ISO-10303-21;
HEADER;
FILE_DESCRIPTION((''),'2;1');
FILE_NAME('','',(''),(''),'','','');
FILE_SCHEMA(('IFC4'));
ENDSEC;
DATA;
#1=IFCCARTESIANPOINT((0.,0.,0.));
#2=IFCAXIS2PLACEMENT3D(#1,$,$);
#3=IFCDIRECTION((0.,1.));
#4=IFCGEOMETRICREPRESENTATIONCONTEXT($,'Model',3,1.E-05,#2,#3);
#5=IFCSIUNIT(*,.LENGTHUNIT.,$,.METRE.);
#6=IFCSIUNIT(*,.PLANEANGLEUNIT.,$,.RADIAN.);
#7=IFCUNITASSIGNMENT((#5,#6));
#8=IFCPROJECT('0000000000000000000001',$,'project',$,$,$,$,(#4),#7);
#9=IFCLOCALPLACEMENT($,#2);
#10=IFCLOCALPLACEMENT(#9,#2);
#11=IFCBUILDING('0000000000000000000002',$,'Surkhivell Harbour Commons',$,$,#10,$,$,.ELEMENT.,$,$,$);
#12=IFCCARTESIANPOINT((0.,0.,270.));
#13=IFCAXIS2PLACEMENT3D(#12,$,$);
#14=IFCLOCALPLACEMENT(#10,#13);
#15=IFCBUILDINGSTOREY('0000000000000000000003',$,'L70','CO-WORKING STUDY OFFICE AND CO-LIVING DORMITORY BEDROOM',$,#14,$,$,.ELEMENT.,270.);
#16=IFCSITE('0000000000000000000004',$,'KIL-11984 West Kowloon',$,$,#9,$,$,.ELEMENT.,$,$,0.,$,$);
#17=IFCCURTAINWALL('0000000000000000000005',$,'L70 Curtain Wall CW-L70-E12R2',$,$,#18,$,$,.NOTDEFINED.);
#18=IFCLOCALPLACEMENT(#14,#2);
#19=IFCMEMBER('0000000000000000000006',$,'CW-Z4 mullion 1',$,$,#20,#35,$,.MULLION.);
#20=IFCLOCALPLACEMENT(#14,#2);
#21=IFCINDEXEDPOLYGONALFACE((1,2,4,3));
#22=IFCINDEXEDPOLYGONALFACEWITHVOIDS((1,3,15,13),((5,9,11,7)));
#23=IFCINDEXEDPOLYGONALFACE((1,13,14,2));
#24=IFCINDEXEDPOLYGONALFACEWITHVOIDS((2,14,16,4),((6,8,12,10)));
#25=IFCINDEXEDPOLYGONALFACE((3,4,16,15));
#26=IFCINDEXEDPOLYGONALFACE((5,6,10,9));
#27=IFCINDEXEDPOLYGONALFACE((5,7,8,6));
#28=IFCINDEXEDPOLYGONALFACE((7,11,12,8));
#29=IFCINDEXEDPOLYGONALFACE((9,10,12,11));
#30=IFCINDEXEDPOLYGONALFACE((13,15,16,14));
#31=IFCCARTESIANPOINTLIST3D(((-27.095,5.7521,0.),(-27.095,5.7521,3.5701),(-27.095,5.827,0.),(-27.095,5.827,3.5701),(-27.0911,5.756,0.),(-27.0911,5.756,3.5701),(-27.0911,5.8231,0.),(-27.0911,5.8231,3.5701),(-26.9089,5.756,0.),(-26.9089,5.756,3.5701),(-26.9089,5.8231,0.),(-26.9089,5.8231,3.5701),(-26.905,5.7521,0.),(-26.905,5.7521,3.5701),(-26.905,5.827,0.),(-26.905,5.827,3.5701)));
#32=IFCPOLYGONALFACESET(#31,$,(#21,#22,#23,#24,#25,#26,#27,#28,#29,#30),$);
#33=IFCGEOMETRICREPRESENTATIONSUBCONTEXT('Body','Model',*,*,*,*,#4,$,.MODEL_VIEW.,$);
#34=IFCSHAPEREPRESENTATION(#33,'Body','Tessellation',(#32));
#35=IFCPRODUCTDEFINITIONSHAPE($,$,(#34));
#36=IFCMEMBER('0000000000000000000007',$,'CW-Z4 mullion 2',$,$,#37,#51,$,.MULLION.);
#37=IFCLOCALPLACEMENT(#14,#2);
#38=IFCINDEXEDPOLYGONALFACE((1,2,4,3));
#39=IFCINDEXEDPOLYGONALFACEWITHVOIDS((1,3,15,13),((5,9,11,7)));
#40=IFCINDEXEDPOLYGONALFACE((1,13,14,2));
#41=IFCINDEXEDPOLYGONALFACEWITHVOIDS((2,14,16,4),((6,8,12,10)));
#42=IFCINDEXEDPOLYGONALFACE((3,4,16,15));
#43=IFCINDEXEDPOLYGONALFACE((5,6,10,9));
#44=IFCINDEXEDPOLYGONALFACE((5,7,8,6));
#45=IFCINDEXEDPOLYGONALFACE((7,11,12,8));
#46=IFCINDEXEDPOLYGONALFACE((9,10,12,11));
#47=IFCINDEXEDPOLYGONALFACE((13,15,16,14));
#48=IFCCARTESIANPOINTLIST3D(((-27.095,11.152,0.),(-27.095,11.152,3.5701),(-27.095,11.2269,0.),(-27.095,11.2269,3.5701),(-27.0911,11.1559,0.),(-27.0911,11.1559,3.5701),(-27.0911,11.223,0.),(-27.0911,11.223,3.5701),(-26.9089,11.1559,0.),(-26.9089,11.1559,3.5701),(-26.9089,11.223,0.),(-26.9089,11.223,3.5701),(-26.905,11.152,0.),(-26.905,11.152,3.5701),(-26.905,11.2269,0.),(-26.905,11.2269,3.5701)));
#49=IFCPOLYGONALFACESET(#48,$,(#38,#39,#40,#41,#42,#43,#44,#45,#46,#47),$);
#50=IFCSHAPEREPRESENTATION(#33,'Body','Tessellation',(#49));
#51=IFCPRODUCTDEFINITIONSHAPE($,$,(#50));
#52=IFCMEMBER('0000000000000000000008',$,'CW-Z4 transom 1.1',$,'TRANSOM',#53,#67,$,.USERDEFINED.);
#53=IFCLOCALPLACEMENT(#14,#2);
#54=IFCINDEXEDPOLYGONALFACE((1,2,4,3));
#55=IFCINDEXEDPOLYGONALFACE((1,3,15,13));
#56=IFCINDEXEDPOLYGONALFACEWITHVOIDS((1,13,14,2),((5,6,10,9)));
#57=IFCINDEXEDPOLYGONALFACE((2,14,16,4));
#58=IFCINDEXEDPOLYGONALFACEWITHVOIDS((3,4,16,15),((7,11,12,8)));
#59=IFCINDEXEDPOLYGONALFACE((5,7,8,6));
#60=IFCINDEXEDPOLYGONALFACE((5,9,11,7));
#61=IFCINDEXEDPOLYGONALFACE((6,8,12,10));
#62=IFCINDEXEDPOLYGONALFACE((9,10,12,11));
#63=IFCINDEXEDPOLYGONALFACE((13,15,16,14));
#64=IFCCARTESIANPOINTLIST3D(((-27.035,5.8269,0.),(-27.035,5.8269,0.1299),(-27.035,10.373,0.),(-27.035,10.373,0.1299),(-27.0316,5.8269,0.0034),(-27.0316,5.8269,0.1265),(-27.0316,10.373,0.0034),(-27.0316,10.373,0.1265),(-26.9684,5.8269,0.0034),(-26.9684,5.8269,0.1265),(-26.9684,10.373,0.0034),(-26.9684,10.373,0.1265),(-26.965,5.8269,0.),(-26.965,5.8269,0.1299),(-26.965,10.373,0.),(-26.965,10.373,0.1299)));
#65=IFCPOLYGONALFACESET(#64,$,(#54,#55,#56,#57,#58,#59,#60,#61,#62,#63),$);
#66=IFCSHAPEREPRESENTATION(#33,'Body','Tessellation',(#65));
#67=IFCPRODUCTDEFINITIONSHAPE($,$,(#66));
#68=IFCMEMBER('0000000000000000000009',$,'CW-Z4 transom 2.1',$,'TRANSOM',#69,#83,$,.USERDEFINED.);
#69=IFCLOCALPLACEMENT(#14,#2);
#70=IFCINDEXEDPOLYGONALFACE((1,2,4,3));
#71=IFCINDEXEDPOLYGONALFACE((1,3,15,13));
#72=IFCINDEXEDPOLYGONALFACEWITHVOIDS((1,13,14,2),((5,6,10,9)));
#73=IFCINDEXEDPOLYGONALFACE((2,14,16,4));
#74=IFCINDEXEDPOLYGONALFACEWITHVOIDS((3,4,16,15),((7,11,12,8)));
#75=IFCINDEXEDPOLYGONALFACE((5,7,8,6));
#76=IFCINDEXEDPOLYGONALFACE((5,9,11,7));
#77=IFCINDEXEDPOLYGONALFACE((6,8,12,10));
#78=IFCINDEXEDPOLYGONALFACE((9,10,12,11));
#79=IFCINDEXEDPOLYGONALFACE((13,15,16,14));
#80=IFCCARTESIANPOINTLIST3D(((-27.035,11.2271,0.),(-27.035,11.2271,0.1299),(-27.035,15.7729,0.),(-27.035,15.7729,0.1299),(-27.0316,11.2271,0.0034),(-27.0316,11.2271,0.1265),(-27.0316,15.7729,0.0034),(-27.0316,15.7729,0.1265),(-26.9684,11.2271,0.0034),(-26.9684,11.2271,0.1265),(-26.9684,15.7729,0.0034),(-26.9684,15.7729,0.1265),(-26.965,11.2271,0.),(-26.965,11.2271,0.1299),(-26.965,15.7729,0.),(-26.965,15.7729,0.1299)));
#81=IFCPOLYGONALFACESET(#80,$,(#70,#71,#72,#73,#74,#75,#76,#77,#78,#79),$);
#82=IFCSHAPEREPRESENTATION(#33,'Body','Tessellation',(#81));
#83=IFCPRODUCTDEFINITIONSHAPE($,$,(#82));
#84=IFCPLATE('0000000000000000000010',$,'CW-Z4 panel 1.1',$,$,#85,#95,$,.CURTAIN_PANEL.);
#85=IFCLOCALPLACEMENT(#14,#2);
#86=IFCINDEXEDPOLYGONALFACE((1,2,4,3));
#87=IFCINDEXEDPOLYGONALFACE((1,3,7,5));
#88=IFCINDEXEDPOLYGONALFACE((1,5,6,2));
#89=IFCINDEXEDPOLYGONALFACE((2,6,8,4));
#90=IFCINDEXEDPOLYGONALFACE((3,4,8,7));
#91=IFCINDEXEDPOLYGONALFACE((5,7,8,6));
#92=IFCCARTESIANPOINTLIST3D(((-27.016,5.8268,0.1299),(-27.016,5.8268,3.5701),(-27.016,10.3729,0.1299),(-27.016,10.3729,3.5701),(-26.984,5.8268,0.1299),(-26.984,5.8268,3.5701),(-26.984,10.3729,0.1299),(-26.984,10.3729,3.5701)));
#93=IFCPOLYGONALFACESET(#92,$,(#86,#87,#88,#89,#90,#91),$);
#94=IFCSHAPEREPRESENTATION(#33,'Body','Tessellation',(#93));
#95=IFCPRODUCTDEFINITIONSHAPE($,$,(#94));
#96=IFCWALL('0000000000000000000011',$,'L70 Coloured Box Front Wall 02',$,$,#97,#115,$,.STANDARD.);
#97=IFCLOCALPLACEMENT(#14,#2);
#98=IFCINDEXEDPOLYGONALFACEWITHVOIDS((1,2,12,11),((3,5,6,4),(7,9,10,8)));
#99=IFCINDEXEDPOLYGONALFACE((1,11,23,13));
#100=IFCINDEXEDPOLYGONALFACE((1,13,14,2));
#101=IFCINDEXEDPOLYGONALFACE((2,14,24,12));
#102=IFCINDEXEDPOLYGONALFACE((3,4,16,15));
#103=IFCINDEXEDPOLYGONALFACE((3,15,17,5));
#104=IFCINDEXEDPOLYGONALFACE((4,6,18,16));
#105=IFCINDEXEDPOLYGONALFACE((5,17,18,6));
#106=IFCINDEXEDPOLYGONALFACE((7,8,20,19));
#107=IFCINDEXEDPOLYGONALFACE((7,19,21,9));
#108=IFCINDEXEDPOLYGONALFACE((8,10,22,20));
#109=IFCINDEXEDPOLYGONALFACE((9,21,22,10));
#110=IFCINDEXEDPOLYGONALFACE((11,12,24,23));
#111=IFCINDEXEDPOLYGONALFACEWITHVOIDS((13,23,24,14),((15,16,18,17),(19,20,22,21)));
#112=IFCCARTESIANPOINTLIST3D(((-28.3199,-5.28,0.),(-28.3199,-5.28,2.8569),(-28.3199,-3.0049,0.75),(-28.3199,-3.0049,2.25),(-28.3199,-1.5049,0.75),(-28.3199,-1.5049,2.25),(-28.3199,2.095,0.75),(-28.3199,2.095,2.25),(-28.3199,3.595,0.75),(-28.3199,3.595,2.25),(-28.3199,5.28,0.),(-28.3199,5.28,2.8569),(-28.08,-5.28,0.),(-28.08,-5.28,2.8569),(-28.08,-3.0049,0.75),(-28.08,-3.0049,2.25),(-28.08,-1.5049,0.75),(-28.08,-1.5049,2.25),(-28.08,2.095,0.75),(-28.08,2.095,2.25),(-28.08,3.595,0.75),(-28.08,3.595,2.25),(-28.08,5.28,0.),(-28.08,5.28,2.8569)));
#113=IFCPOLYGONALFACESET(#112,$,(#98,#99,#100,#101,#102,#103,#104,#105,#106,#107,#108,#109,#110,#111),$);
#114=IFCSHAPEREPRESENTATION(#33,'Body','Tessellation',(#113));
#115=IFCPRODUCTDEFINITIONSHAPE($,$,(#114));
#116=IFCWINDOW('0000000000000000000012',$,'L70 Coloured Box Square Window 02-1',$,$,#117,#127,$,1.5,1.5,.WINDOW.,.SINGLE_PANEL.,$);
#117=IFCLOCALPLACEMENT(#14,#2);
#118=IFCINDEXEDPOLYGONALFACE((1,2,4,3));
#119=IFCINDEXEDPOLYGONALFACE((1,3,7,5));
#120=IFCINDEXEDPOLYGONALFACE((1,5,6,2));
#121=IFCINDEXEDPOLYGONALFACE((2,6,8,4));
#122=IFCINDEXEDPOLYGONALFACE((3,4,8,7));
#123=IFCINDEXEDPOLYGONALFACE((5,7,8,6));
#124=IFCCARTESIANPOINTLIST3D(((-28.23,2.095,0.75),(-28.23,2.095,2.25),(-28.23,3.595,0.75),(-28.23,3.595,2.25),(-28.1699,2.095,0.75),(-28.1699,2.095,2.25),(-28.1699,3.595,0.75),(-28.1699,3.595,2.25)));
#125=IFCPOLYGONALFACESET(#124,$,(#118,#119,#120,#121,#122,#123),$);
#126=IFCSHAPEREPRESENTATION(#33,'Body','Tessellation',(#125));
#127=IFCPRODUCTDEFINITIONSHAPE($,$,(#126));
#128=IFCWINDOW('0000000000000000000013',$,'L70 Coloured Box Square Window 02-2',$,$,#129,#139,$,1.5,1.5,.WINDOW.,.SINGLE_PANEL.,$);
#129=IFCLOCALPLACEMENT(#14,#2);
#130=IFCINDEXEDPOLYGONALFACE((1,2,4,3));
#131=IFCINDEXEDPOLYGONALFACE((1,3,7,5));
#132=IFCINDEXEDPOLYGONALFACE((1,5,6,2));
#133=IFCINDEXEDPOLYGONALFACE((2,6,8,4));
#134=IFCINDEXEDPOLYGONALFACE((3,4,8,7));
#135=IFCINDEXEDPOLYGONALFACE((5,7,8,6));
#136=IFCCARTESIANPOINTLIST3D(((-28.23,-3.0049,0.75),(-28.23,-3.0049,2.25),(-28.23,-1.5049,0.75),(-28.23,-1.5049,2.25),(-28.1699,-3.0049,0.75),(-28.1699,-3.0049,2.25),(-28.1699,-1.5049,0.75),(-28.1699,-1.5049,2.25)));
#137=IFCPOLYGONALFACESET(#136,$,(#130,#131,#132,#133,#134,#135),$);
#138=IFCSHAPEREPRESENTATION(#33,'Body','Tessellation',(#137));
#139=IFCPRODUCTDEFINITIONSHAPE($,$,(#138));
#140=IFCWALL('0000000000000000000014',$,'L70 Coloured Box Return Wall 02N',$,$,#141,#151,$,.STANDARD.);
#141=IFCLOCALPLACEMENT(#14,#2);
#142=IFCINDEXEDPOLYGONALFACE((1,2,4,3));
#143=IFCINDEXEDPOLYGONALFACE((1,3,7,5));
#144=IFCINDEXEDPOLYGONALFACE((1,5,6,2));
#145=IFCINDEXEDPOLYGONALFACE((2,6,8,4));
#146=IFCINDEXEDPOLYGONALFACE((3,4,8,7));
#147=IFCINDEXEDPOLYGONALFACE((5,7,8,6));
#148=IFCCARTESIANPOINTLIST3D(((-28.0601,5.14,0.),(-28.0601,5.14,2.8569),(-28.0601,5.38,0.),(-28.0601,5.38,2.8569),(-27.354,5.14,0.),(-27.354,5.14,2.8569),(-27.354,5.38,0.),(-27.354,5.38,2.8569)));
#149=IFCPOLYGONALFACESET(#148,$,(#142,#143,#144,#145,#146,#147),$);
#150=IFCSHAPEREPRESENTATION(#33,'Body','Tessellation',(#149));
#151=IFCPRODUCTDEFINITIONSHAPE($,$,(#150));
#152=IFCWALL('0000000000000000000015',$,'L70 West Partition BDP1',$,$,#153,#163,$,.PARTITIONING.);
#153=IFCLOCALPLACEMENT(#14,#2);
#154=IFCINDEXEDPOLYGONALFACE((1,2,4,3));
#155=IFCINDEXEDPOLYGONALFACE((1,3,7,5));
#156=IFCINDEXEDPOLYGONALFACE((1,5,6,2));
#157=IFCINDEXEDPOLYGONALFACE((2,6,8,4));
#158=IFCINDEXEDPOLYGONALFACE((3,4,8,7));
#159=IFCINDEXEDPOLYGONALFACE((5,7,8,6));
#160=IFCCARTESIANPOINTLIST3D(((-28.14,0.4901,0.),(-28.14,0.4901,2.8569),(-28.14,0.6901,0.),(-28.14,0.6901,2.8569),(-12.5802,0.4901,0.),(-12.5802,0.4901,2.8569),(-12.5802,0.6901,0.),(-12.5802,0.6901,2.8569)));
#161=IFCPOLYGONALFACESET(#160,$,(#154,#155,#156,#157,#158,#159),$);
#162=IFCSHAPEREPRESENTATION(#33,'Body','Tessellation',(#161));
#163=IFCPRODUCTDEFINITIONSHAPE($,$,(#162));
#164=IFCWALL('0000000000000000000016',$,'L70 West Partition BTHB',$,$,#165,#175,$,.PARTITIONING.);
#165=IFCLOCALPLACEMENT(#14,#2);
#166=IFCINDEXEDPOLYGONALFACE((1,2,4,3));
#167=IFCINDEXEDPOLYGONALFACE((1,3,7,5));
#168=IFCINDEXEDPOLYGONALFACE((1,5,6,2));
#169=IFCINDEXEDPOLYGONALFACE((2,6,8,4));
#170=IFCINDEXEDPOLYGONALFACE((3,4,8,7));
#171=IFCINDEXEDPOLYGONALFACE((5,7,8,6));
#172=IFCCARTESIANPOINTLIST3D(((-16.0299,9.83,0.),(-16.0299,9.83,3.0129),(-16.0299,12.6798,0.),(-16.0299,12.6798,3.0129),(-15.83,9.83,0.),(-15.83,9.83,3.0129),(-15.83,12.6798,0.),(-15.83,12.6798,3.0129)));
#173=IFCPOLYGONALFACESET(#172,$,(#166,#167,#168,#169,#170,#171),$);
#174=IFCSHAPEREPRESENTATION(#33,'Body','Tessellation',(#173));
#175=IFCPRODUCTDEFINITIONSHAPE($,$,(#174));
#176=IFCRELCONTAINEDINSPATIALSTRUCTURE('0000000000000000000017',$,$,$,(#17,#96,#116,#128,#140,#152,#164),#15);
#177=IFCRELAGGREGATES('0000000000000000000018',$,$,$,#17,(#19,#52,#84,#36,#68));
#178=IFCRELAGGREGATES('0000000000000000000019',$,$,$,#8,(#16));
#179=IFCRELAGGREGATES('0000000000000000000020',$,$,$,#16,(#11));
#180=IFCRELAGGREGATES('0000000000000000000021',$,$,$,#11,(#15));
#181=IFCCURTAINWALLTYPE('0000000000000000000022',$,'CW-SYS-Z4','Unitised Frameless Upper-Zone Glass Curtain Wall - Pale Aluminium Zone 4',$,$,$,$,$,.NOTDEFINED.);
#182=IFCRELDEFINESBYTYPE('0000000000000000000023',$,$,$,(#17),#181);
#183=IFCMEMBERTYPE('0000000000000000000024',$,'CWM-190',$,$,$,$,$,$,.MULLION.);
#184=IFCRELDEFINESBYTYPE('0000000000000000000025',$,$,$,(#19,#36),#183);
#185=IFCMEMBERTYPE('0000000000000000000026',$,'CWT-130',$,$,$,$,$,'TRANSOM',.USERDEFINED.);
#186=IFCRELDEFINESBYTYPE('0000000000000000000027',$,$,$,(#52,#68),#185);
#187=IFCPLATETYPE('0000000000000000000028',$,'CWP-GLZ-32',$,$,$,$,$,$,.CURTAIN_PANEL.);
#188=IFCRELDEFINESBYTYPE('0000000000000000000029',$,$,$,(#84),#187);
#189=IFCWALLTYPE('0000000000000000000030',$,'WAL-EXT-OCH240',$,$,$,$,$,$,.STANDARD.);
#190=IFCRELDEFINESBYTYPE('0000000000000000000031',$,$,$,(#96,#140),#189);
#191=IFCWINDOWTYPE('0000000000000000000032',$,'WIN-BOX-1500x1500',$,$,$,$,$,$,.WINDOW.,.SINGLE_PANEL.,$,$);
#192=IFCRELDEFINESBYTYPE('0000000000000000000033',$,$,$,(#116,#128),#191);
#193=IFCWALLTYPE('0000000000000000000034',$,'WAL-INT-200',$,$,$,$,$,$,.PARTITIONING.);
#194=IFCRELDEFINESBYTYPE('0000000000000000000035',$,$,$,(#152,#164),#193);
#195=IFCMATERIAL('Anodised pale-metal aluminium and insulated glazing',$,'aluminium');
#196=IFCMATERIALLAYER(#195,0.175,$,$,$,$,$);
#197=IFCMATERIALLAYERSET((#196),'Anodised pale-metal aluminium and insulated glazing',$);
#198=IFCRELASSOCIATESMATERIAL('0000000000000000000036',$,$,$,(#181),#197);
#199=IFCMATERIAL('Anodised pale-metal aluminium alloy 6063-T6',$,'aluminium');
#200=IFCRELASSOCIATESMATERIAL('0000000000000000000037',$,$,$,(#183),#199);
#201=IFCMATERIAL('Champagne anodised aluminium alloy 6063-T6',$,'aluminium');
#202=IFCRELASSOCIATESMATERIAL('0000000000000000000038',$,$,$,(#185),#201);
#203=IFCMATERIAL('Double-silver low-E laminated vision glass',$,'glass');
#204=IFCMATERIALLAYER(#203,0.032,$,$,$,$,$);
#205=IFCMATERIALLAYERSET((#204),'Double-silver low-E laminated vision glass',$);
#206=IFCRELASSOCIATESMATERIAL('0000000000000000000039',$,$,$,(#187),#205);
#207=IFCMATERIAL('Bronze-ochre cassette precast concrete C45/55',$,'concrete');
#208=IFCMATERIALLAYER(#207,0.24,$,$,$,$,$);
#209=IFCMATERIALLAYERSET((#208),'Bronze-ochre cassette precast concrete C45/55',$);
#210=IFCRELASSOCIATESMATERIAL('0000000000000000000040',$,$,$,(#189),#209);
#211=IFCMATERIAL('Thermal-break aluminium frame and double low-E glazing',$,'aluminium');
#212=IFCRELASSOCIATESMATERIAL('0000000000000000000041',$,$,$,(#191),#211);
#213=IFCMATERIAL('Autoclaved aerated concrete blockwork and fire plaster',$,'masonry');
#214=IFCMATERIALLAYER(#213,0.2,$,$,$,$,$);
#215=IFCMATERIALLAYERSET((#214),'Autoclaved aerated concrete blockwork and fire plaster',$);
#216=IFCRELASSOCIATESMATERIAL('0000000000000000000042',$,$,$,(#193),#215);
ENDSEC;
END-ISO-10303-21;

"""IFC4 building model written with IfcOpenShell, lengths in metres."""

from ifc_helpers import new_model, si_unit, direction, frame, frame_2d, origin, origin_2d, place, context, subcontext, project, spatial, rectangle, hollow_rectangle, extrude, material, layer, layer_set, material_profile, profile_set, type_object, element, fill, aggregate, save


model = new_model("IFC4")

# Units and contexts
model_context = context("Model", 3, precision=1e-05, world=origin(), true_north=direction((0.0, 1.0)))
body_context = subcontext(model_context, "Body", "Model", "MODEL_VIEW")
ifc_project = project(units=[si_unit("LENGTHUNIT", "METRE"), si_unit("PLANEANGLEUNIT", "RADIAN")], contexts=[model_context])

# Site, building, storey
site_placement = place(None, origin())
site = spatial("IfcSite", under=ifc_project, at=site_placement, Name="KIL-11984 West Kowloon", CompositionType="ELEMENT", RefElevation=0.0)
building_placement = place(site_placement, origin())
building = spatial("IfcBuilding", under=site, at=building_placement, Name="Surkhivell Harbour Commons", CompositionType="ELEMENT")
storey_placement = place(building_placement, frame((0.0, 0.0, 270.0)))
storey = spatial("IfcBuildingStorey", under=building, at=storey_placement, Name="L70", Description="CO-WORKING STUDY OFFICE AND CO-LIVING DORMITORY BEDROOM", CompositionType="ELEMENT", Elevation=270.0)

# Curtain wall, members, plate
ifc_material_1 = material(Name="Anodised pale-metal aluminium and insulated glazing", Category="aluminium")
ifc_layer_1 = layer(ifc_material_1, 0.175)
ifc_layer_set_1 = layer_set([ifc_layer_1], Name="Anodised pale-metal aluminium and insulated glazing")
curtain_wall_type = type_object("IfcCurtainWallType", Name="CW-SYS-Z4", Description="Unitised Frameless Upper-Zone Glass Curtain Wall - Pale Aluminium Zone 4", PredefinedType="NOTDEFINED", material=ifc_layer_set_1)
curtain_wall_placement = place(storey_placement, origin())
curtain_wall = element("IfcCurtainWall", 1, at=curtain_wall_placement, inside=storey, type_object=curtain_wall_type, Name="L70 Curtain Wall CW-L70-E12R2", PredefinedType="NOTDEFINED")
ifc_material_2 = material(Name="Anodised pale-metal aluminium alloy 6063-T6", Category="aluminium")
ifc_material_profile_1 = material_profile(ifc_material_2, hollow_rectangle(XDim=0.075, YDim=0.1899, WallThickness=0.0039, at=origin_2d()), Name="ALU-MULL-75x190")
ifc_profile_set_1 = profile_set([ifc_material_profile_1], Name="Anodised pale-metal aluminium alloy 6063-T6")
member_type_1 = type_object("IfcMemberType", Name="CWM-190", PredefinedType="MULLION", material=ifc_profile_set_1)
member_1_placement = place(storey_placement, frame((-27.0, 5.7896, 0.0), z_axis=(0.0, 0.0, 1.0), x_axis=(0.0, 1.0, 0.0)))
member_1 = element("IfcMember", 2, at=member_1_placement, type_object=member_type_1, Name="CW-Z4 mullion 1", PredefinedType="MULLION", context=body_context, shape_type="SweptSolid", body=[
    extrude(hollow_rectangle(XDim=0.075, YDim=0.1899, WallThickness=0.0039, at=origin_2d()), origin(), (0.0, 0.0, 1.0), 3.5701),
])
member_2_placement = place(storey_placement, frame((-27.0, 11.1895, 0.0), z_axis=(0.0, 0.0, 1.0), x_axis=(0.0, 1.0, 0.0)))
member_2 = element("IfcMember", 3, at=member_2_placement, type_object=member_type_1, Name="CW-Z4 mullion 2", PredefinedType="MULLION", context=body_context, shape_type="SweptSolid", body=[
    extrude(hollow_rectangle(XDim=0.075, YDim=0.1899, WallThickness=0.0039, at=origin_2d()), origin(), (0.0, 0.0, 1.0), 3.5701),
])
ifc_material_3 = material(Name="Champagne anodised aluminium alloy 6063-T6", Category="aluminium")
ifc_material_profile_2 = material_profile(ifc_material_3, hollow_rectangle(XDim=0.0701, YDim=0.1299, WallThickness=0.0034, at=origin_2d()), Name="ALU-TRAN-70x130")
ifc_profile_set_2 = profile_set([ifc_material_profile_2], Name="Champagne anodised aluminium alloy 6063-T6")
member_type_2 = type_object("IfcMemberType", Name="CWT-130", ElementType="TRANSOM", PredefinedType="USERDEFINED", material=ifc_profile_set_2)
member_3_placement = place(storey_placement, frame((-27.0, 5.8269, 0.0649), z_axis=(0.0, 1.0, 0.0), x_axis=(-1.0, 0.0, 0.0)))
member_3 = element("IfcMember", 4, at=member_3_placement, type_object=member_type_2, Name="CW-Z4 transom 1.1", ObjectType="TRANSOM", PredefinedType="USERDEFINED", context=body_context, shape_type="SweptSolid", body=[
    extrude(hollow_rectangle(XDim=0.0701, YDim=0.1299, WallThickness=0.0034, at=origin_2d()), origin(), (0.0, 0.0, 1.0), 4.5461),
])
member_4_placement = place(storey_placement, frame((-27.0, 11.2271, 0.0649), z_axis=(0.0, 1.0, 0.0), x_axis=(-1.0, 0.0, 0.0)))
member_4 = element("IfcMember", 5, at=member_4_placement, type_object=member_type_2, Name="CW-Z4 transom 2.1", ObjectType="TRANSOM", PredefinedType="USERDEFINED", context=body_context, shape_type="SweptSolid", body=[
    extrude(hollow_rectangle(XDim=0.0701, YDim=0.1299, WallThickness=0.0034, at=origin_2d()), origin(), (0.0, 0.0, 1.0), 4.5459),
])
ifc_material_4 = material(Name="Double-silver low-E laminated vision glass", Category="glass")
ifc_layer_2 = layer(ifc_material_4, 0.032)
ifc_layer_set_2 = layer_set([ifc_layer_2], Name="Double-silver low-E laminated vision glass")
plate_type = type_object("IfcPlateType", Name="CWP-GLZ-32", PredefinedType="CURTAIN_PANEL", material=ifc_layer_set_2)
plate_placement = place(storey_placement, frame((-27.0, 5.8269, 0.1299), z_axis=(0.0, 0.0, 1.0), x_axis=(0.0, 1.0, 0.0)))
plate = element("IfcPlate", 6, at=plate_placement, type_object=plate_type, Name="CW-Z4 panel 1.1", PredefinedType="CURTAIN_PANEL", context=body_context, shape_type="SweptSolid", body=[
    extrude(rectangle(XDim=4.5461, YDim=0.032, at=frame_2d((2.2729, 0.0))), origin(), (0.0, 0.0, 1.0), 3.4402),
])
aggregate(curtain_wall, [member_1, member_3, plate, member_2, member_4])

# Wall, openings, windows
ifc_material_5 = material(Name="Bronze-ochre cassette precast concrete C45/55", Category="concrete")
ifc_layer_3 = layer(ifc_material_5, 0.24)
ifc_layer_set_3 = layer_set([ifc_layer_3], Name="Bronze-ochre cassette precast concrete C45/55")
wall_type_1 = type_object("IfcWallType", Name="WAL-EXT-OCH240", PredefinedType="STANDARD", material=ifc_layer_set_3)
wall_1_placement = place(storey_placement, frame((-28.2, 5.28, 0.0), z_axis=(0.0, 0.0, 1.0), x_axis=(0.0, -1.0, 0.0)))
wall_1 = element("IfcWall", 7, at=wall_1_placement, inside=storey, type_object=wall_type_1, Name="L70 Coloured Box Front Wall 02", PredefinedType="STANDARD", context=body_context, shape_type="SweptSolid", body=[
    extrude(rectangle(XDim=10.5601, YDim=0.24, at=frame_2d((5.28, 0.0))), origin(), (0.0, 0.0, 1.0), 2.8569),
])
opening_1_placement = place(wall_1_placement, frame((1.6851, 0.0, 0.75)))
opening_1 = element("IfcOpeningElement", 8, at=opening_1_placement, cuts=wall_1, PredefinedType="OPENING", context=body_context, shape_type="SweptSolid", body=[
    extrude(rectangle(XDim=1.5, YDim=1.5, at=frame_2d((0.75, 0.75))), frame((0.0, 0.1299, 0.0), z_axis=(0.0, -1.0, 0.0), x_axis=(1.0, 0.0, 0.0)), (0.0, 0.0, 1.0), 0.26),
])
opening_2_placement = place(wall_1_placement, frame((6.7849, 0.0, 0.75)))
opening_2 = element("IfcOpeningElement", 9, at=opening_2_placement, cuts=wall_1, PredefinedType="OPENING", context=body_context, shape_type="SweptSolid", body=[
    extrude(rectangle(XDim=1.5, YDim=1.5, at=frame_2d((0.75, 0.75))), frame((0.0, 0.1299, 0.0), z_axis=(0.0, -1.0, 0.0), x_axis=(1.0, 0.0, 0.0)), (0.0, 0.0, 1.0), 0.26),
])
ifc_material_6 = material(Name="Thermal-break aluminium frame and double low-E glazing", Category="aluminium")
window_type = type_object("IfcWindowType", Name="WIN-BOX-1500x1500", PartitioningType="SINGLE_PANEL", PredefinedType="WINDOW", material=ifc_material_6)
window_1_placement = place(opening_1_placement, origin())
window_1 = element("IfcWindow", 10, at=window_1_placement, inside=storey, type_object=window_type, Name="L70 Coloured Box Square Window 02-1", OverallHeight=1.5, OverallWidth=1.5, PartitioningType="SINGLE_PANEL", PredefinedType="WINDOW", context=body_context, shape_type="SweptSolid", body=[
    extrude(rectangle(XDim=1.5, YDim=1.5, at=frame_2d((0.75, 0.75))), frame((0.0, 0.03, 0.0), z_axis=(0.0, -1.0, 0.0), x_axis=(1.0, 0.0, 0.0)), (0.0, 0.0, 1.0), 0.0601),
])
fill(opening_1, window_1)
window_2_placement = place(opening_2_placement, origin())
window_2 = element("IfcWindow", 11, at=window_2_placement, inside=storey, type_object=window_type, Name="L70 Coloured Box Square Window 02-2", OverallHeight=1.5, OverallWidth=1.5, PartitioningType="SINGLE_PANEL", PredefinedType="WINDOW", context=body_context, shape_type="SweptSolid", body=[
    extrude(rectangle(XDim=1.5, YDim=1.5, at=frame_2d((0.75, 0.75))), frame((0.0, 0.03, 0.0), z_axis=(0.0, -1.0, 0.0), x_axis=(1.0, 0.0, 0.0)), (0.0, 0.0, 1.0), 0.0601),
])
fill(opening_2, window_2)

# Walls
wall_2_placement = place(storey_placement, frame((-28.0601, 5.26, 0.0), z_axis=(0.0, 0.0, 1.0), x_axis=(1.0, 0.0, 0.0)))
element("IfcWall", 12, at=wall_2_placement, inside=storey, type_object=wall_type_1, Name="L70 Coloured Box Return Wall 02N", PredefinedType="STANDARD", context=body_context, shape_type="SweptSolid", body=[
    extrude(rectangle(XDim=0.7061, YDim=0.24, at=frame_2d((0.353, 0.0))), origin(), (0.0, 0.0, 1.0), 2.8569),
])
ifc_material_7 = material(Name="Autoclaved aerated concrete blockwork and fire plaster", Category="masonry")
ifc_layer_4 = layer(ifc_material_7, 0.2)
ifc_layer_set_4 = layer_set([ifc_layer_4], Name="Autoclaved aerated concrete blockwork and fire plaster")
wall_type_2 = type_object("IfcWallType", Name="WAL-INT-200", PredefinedType="PARTITIONING", material=ifc_layer_set_4)
wall_3_placement = place(storey_placement, frame((-28.1399, 0.5901, 0.0), z_axis=(0.0, 0.0, 1.0), x_axis=(1.0, 0.0, 0.0)))
element("IfcWall", 13, at=wall_3_placement, inside=storey, type_object=wall_type_2, Name="L70 West Partition BDP1", PredefinedType="PARTITIONING", context=body_context, shape_type="SweptSolid", body=[
    extrude(rectangle(XDim=15.5598, YDim=0.2, at=frame_2d((7.7798, 0.0))), origin(), (0.0, 0.0, 1.0), 2.8569),
])
wall_4_placement = place(storey_placement, frame((-15.9299, 9.8301, 0.0), z_axis=(0.0, 0.0, 1.0), x_axis=(0.0, 1.0, 0.0)))
element("IfcWall", 14, at=wall_4_placement, inside=storey, type_object=wall_type_2, Name="L70 West Partition BTHB", PredefinedType="PARTITIONING", context=body_context, shape_type="SweptSolid", body=[
    extrude(rectangle(XDim=2.8499, YDim=0.2, at=frame_2d((1.4248, 0.0))), origin(), (0.0, 0.0, 1.0), 3.0129),
])

save(model, "model.ifc")
